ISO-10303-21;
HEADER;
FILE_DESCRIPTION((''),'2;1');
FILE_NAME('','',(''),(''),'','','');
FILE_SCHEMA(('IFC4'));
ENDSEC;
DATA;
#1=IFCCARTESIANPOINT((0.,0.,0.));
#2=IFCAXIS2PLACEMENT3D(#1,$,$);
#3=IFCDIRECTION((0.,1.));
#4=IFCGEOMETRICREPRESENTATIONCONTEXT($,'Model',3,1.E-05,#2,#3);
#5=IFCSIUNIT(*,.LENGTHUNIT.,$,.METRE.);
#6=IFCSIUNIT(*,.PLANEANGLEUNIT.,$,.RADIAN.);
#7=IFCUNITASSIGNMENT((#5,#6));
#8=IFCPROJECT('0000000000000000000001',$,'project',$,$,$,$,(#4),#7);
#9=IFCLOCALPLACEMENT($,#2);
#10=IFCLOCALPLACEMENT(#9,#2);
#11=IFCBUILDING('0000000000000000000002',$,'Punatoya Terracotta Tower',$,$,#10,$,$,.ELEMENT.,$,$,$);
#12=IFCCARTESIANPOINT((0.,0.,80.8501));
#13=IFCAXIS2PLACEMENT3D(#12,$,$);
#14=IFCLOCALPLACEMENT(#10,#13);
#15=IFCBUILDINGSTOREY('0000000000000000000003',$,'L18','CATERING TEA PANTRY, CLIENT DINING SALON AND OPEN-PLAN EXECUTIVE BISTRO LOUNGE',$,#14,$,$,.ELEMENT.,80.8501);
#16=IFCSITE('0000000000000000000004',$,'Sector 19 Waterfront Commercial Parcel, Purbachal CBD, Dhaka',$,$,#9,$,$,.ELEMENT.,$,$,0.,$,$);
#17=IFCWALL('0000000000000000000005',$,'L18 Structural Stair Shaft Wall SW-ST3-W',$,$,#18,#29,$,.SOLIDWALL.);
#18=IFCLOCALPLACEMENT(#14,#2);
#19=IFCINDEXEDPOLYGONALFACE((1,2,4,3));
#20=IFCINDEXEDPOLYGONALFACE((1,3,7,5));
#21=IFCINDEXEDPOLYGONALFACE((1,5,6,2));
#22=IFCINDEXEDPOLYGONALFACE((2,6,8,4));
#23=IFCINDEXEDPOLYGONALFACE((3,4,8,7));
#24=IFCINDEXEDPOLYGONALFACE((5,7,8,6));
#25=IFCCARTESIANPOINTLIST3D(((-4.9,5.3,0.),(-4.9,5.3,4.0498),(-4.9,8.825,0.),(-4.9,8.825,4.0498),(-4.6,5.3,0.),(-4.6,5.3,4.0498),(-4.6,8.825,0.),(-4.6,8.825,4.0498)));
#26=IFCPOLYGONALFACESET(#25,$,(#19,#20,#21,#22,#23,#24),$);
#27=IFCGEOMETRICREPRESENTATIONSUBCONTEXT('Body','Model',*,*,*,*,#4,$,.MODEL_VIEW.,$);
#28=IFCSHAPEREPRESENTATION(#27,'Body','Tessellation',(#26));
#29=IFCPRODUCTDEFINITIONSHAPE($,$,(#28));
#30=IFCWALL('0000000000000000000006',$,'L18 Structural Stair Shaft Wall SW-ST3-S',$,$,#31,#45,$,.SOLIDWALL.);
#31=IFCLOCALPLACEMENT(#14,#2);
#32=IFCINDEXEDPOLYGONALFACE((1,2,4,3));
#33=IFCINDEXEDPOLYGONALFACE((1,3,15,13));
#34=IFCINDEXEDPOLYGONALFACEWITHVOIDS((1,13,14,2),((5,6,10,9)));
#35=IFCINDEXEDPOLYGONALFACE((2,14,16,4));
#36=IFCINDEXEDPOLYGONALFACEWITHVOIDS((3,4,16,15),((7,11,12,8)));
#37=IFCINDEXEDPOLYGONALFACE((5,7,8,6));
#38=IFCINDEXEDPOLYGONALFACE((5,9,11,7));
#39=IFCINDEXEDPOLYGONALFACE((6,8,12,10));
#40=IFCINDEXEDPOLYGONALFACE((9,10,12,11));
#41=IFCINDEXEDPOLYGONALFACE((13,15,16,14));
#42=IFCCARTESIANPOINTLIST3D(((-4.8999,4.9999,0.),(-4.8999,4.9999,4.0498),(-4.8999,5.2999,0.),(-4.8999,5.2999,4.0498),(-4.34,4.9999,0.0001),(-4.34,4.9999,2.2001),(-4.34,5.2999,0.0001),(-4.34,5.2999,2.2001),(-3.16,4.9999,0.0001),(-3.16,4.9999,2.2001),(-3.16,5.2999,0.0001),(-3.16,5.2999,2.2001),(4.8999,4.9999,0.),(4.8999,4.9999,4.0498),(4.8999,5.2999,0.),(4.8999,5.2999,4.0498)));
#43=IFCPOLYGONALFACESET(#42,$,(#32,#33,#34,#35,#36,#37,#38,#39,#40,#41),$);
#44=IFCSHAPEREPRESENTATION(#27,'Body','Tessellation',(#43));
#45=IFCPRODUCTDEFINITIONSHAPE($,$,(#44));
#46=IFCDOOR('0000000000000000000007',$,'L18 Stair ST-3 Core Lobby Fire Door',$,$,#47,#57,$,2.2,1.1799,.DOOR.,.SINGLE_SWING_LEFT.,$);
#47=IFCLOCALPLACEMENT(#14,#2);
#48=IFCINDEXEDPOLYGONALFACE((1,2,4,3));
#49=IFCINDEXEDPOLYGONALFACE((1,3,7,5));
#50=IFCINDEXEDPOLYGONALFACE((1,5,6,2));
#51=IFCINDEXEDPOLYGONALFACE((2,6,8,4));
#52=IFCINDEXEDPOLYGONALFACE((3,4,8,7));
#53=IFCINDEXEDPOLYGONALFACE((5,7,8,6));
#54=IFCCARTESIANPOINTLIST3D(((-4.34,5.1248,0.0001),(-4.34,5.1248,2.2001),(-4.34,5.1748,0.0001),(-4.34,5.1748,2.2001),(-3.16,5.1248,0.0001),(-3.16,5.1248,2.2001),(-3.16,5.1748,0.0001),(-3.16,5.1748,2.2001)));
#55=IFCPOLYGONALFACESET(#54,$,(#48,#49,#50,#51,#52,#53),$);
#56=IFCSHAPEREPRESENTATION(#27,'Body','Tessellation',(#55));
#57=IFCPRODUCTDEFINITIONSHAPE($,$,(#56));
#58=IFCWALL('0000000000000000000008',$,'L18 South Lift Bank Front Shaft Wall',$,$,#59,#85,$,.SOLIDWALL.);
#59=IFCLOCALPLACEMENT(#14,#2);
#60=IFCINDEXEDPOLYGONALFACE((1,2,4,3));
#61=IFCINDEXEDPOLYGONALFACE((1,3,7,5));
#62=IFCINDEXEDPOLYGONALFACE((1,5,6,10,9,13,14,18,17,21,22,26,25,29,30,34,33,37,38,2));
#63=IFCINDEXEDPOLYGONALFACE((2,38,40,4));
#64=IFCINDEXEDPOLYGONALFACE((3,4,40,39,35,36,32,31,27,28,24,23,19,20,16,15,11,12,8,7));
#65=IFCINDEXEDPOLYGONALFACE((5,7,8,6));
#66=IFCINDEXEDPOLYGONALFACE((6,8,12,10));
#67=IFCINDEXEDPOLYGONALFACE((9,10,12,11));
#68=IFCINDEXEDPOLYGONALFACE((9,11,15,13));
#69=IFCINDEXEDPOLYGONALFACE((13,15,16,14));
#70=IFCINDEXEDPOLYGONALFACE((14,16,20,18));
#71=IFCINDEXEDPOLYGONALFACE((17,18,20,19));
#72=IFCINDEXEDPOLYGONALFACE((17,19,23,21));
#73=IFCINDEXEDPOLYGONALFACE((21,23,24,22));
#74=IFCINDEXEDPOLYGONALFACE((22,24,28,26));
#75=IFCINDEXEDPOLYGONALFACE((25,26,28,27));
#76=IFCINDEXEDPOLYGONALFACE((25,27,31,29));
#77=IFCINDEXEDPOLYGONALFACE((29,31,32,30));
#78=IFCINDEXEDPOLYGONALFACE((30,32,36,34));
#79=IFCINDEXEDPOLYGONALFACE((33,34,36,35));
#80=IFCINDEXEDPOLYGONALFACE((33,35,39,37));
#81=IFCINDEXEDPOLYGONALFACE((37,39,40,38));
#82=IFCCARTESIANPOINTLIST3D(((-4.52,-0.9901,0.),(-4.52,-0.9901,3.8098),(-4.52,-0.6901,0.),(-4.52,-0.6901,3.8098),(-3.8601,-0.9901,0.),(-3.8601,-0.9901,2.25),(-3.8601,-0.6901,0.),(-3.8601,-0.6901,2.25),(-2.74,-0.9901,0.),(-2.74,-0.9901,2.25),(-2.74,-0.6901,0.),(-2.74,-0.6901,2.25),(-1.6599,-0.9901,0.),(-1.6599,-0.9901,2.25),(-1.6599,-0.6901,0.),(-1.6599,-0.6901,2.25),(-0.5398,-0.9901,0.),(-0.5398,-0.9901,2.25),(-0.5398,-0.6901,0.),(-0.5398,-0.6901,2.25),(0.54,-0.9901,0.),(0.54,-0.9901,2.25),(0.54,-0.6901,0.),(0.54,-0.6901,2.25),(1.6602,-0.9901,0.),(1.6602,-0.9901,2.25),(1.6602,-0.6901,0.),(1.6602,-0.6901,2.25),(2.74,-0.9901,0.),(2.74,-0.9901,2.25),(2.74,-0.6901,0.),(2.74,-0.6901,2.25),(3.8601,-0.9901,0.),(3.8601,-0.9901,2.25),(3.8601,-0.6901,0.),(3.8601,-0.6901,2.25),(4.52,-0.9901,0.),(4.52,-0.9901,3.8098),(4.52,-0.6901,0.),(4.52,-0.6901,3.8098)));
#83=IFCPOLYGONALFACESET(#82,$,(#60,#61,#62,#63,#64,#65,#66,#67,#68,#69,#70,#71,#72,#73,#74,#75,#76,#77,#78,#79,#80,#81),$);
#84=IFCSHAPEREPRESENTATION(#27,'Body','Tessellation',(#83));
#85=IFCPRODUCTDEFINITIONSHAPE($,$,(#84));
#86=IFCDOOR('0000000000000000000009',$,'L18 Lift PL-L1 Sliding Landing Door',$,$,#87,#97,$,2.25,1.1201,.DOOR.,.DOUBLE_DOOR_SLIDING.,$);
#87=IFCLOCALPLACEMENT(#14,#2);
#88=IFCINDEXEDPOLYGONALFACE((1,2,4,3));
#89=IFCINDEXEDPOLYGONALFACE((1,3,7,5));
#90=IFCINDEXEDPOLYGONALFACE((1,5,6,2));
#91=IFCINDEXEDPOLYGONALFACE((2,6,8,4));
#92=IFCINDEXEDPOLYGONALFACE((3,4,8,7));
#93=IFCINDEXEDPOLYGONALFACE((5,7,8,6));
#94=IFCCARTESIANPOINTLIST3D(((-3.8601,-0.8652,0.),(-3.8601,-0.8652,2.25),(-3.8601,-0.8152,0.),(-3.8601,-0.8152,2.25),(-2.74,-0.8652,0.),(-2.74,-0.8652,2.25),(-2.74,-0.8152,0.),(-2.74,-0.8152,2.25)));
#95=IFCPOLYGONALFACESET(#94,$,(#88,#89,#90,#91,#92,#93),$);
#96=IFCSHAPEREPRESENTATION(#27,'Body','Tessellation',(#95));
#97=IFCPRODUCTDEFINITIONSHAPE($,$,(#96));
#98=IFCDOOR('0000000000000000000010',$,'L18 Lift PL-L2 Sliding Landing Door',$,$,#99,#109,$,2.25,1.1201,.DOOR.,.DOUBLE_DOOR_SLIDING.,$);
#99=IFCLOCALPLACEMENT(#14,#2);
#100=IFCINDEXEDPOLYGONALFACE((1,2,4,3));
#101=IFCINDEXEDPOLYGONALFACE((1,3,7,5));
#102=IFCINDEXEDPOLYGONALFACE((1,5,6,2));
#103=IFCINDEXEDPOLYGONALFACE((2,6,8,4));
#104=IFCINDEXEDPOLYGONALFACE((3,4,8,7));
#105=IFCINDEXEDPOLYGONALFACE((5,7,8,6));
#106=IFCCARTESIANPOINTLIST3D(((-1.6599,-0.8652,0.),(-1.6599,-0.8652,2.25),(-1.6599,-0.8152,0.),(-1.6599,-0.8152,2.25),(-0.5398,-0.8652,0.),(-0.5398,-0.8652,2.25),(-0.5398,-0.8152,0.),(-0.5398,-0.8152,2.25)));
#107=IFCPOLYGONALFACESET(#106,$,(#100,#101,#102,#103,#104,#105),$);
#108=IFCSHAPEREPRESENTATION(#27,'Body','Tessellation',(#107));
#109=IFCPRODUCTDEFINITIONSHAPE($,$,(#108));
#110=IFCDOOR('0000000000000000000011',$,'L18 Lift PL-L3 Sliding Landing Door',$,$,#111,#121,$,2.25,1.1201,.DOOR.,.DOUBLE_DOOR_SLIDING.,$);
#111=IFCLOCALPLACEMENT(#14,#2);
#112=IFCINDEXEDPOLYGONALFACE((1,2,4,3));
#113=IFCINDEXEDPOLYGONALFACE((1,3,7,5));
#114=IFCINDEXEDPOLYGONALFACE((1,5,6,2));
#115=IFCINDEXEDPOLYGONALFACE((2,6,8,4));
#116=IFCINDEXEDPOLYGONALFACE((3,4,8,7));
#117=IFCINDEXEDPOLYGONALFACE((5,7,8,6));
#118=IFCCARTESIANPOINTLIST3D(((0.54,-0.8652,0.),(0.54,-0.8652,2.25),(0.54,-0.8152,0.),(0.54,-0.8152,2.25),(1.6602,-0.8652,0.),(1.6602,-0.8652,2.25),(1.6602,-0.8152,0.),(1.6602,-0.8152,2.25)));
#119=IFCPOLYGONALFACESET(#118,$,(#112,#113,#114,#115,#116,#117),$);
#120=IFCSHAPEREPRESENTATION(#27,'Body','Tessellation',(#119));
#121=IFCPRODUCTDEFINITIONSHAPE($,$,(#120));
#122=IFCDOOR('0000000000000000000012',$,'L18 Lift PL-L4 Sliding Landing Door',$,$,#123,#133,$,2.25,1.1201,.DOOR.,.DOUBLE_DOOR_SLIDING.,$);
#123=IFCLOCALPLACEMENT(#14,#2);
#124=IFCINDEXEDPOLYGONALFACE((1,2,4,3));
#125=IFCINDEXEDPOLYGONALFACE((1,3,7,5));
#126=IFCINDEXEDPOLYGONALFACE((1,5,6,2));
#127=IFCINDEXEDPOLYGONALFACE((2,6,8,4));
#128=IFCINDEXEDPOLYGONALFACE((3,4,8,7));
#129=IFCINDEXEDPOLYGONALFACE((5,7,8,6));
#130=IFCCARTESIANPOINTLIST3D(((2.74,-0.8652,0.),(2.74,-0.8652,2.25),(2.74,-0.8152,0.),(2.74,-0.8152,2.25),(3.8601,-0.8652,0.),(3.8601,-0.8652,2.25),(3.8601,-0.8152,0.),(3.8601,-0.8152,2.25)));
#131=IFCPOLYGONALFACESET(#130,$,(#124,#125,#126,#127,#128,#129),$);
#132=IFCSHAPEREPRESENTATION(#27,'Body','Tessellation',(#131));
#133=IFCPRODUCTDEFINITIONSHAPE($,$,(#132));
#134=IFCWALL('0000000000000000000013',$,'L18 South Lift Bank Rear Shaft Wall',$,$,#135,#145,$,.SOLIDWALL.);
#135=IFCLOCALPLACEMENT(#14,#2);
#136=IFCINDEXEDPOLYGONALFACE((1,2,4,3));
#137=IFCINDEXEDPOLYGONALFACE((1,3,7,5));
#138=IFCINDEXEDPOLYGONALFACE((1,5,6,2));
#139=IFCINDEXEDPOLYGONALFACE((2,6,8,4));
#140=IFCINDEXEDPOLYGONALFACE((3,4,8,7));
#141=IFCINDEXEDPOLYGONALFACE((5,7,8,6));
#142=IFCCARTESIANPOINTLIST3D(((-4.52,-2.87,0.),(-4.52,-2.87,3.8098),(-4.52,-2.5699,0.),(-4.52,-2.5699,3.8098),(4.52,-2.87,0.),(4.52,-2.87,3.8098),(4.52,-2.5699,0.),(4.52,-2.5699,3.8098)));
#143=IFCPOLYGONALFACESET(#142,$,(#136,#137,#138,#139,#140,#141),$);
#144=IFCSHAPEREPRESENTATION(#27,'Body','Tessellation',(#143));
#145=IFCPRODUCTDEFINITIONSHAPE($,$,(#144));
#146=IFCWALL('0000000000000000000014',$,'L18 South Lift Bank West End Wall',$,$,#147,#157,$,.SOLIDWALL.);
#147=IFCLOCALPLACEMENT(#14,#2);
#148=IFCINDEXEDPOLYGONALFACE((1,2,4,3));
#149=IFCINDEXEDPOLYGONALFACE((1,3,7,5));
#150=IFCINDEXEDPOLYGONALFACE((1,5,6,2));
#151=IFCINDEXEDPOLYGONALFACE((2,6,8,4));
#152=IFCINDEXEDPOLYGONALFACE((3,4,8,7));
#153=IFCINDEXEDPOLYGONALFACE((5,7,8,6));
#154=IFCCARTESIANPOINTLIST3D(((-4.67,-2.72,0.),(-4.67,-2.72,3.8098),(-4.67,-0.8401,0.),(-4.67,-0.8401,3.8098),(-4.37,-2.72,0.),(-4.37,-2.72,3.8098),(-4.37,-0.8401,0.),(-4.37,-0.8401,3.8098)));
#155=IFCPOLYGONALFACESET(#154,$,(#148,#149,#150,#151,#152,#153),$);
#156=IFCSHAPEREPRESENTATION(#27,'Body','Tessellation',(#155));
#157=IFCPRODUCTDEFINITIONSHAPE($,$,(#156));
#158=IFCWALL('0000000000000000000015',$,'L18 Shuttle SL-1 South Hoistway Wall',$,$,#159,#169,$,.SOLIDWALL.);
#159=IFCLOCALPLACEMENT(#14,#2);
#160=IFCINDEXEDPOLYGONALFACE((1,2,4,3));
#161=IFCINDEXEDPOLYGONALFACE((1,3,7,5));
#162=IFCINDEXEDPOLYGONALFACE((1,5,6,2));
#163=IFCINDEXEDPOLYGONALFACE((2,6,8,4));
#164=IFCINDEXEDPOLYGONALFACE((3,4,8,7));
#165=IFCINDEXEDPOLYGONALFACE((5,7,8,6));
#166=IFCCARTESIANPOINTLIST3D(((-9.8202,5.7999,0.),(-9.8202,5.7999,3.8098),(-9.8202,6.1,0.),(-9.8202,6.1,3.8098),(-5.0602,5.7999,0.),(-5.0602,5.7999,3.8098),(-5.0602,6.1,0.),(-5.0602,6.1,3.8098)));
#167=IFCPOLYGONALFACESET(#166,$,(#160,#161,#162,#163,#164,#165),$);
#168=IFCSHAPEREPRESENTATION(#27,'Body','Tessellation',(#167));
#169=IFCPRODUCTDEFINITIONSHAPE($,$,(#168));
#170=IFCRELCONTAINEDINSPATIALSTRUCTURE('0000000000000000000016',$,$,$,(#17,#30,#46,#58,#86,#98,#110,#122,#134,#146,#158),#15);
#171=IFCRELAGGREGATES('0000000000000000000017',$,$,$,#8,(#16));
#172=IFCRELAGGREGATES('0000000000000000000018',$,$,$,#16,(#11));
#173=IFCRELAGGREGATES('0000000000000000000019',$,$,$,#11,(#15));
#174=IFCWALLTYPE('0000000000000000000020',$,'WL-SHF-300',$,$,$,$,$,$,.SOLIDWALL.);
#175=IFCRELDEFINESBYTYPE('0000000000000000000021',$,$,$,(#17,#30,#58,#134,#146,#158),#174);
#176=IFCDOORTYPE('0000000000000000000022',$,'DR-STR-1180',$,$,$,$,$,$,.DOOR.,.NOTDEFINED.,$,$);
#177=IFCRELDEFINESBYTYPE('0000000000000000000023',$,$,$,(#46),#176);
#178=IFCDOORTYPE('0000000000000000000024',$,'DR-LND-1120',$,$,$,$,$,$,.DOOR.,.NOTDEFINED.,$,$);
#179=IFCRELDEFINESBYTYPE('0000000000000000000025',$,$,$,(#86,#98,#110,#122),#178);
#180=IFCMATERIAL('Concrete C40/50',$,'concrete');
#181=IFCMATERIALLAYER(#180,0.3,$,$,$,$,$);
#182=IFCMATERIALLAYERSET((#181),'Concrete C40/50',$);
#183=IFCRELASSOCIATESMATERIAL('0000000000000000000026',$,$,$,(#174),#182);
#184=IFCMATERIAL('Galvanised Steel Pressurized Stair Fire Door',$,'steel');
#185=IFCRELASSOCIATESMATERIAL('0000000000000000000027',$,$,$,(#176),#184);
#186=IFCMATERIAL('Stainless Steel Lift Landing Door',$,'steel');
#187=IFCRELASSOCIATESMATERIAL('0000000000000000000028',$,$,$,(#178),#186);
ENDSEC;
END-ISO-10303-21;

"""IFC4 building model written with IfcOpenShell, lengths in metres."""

from ifc_helpers import new_model, si_unit, direction, frame, frame_2d, origin, place, context, subcontext, project, spatial, rectangle, extrude, material, layer, layer_set, type_object, element, fill, save


model = new_model("IFC4")

# Units and contexts
model_context = context("Model", 3, precision=1e-05, world=origin(), true_north=direction((0.0, 1.0)))
body_context = subcontext(model_context, "Body", "Model", "MODEL_VIEW")
ifc_project = project(units=[si_unit("LENGTHUNIT", "METRE"), si_unit("PLANEANGLEUNIT", "RADIAN")], contexts=[model_context])

# Site, building, storey
site_placement = place(None, origin())
site = spatial("IfcSite", under=ifc_project, at=site_placement, Name="Sector 19 Waterfront Commercial Parcel, Purbachal CBD, Dhaka", CompositionType="ELEMENT", RefElevation=0.0)
building_placement = place(site_placement, origin())
building = spatial("IfcBuilding", under=site, at=building_placement, Name="Punatoya Terracotta Tower", CompositionType="ELEMENT")
storey_placement = place(building_placement, frame((0.0, 0.0, 80.8501)))
storey = spatial("IfcBuildingStorey", under=building, at=storey_placement, Name="L18", Description="CATERING TEA PANTRY, CLIENT DINING SALON AND OPEN-PLAN EXECUTIVE BISTRO LOUNGE", CompositionType="ELEMENT", Elevation=80.8501)

# Shared definitions
ifc_material_1 = material(Name="Concrete C40/50", Category="concrete")

# Wall
ifc_layer_1 = layer(ifc_material_1, 0.3)
ifc_layer_set_1 = layer_set([ifc_layer_1], Name="Concrete C40/50")
wall_type_1 = type_object("IfcWallType", Name="WL-SHF-300", PredefinedType="SOLIDWALL", material=ifc_layer_set_1)
wall_1_placement = place(storey_placement, frame((-4.75, 5.3, 0.0), z_axis=(0.0, 0.0, 1.0), x_axis=(0.0, 1.0, 0.0)))
element("IfcWall", 1, at=wall_1_placement, inside=storey, type_object=wall_type_1, Name="L18 Structural Stair Shaft Wall SW-ST3-W", PredefinedType="SOLIDWALL", context=body_context, shape_type="SweptSolid", body=[
    extrude(rectangle(XDim=3.5249, YDim=0.3, at=frame_2d((1.7625, 0.0))), origin(), (0.0, 0.0, 1.0), 4.0498),
])

# Wall, opening, door
wall_2_placement = place(storey_placement, frame((-4.8999, 5.1499, 0.0), z_axis=(0.0, 0.0, 1.0), x_axis=(1.0, 0.0, 0.0)))
wall_2 = element("IfcWall", 2, at=wall_2_placement, inside=storey, type_object=wall_type_1, Name="L18 Structural Stair Shaft Wall SW-ST3-S", PredefinedType="SOLIDWALL", context=body_context, shape_type="SweptSolid", body=[
    extrude(rectangle(XDim=9.7998, YDim=0.3, at=frame_2d((4.8999, 0.0))), origin(), (0.0, 0.0, 1.0), 4.0498),
])
opening_1_placement = place(wall_2_placement, frame((0.5601, 0.0, 0.0)))
opening_1 = element("IfcOpeningElement", 3, at=opening_1_placement, cuts=wall_2, PredefinedType="OPENING", context=body_context, shape_type="SweptSolid", body=[
    extrude(rectangle(XDim=1.1799, YDim=2.2, at=frame_2d((0.5898, 1.1001))), frame((0.0, 0.1599, 0.0), z_axis=(0.0, -1.0, 0.0), x_axis=(1.0, 0.0, 0.0)), (0.0, 0.0, 1.0), 0.3201),
])
ifc_material_2 = material(Name="Galvanised Steel Pressurized Stair Fire Door", Category="steel")
door_type_1 = type_object("IfcDoorType", Name="DR-STR-1180", OperationType="NOTDEFINED", PredefinedType="DOOR", material=ifc_material_2)
door_1_placement = place(opening_1_placement, origin())
door_1 = element("IfcDoor", 4, at=door_1_placement, inside=storey, type_object=door_type_1, Name="L18 Stair ST-3 Core Lobby Fire Door", OperationType="SINGLE_SWING_LEFT", OverallHeight=2.2, OverallWidth=1.1799, PredefinedType="DOOR", context=body_context, shape_type="SweptSolid", body=[
    extrude(rectangle(XDim=1.1799, YDim=2.2, at=frame_2d((0.5898, 1.1001))), frame((0.0, 0.0249, 0.0), z_axis=(0.0, -1.0, 0.0), x_axis=(1.0, 0.0, 0.0)), (0.0, 0.0, 1.0), 0.05),
])
fill(opening_1, door_1)

# Wall, openings, doors
wall_3_placement = place(storey_placement, frame((-4.52, -0.8401, 0.0), z_axis=(0.0, 0.0, 1.0), x_axis=(1.0, 0.0, 0.0)))
wall_3 = element("IfcWall", 5, at=wall_3_placement, inside=storey, type_object=wall_type_1, Name="L18 South Lift Bank Front Shaft Wall", PredefinedType="SOLIDWALL", context=body_context, shape_type="SweptSolid", body=[
    extrude(rectangle(XDim=9.04, YDim=0.3, at=frame_2d((4.52, 0.0))), origin(), (0.0, 0.0, 1.0), 3.8098),
])
opening_2_placement = place(wall_3_placement, frame((0.6599, 0.0, 0.0)))
opening_2 = element("IfcOpeningElement", 6, at=opening_2_placement, cuts=wall_3, PredefinedType="OPENING", context=body_context, shape_type="SweptSolid", body=[
    extrude(rectangle(XDim=1.1201, YDim=2.25, at=frame_2d((0.5601, 1.125))), frame((0.0, 0.1599, 0.0), z_axis=(0.0, -1.0, 0.0), x_axis=(1.0, 0.0, 0.0)), (0.0, 0.0, 1.0), 0.3201),
])
opening_3_placement = place(wall_3_placement, frame((2.8601, 0.0, 0.0)))
opening_3 = element("IfcOpeningElement", 7, at=opening_3_placement, cuts=wall_3, PredefinedType="OPENING", context=body_context, shape_type="SweptSolid", body=[
    extrude(rectangle(XDim=1.1201, YDim=2.25, at=frame_2d((0.5601, 1.125))), frame((0.0, 0.1599, 0.0), z_axis=(0.0, -1.0, 0.0), x_axis=(1.0, 0.0, 0.0)), (0.0, 0.0, 1.0), 0.3201),
])
opening_4_placement = place(wall_3_placement, frame((5.0601, 0.0, 0.0)))
opening_4 = element("IfcOpeningElement", 8, at=opening_4_placement, cuts=wall_3, PredefinedType="OPENING", context=body_context, shape_type="SweptSolid", body=[
    extrude(rectangle(XDim=1.1201, YDim=2.25, at=frame_2d((0.5601, 1.125))), frame((0.0, 0.1599, 0.0), z_axis=(0.0, -1.0, 0.0), x_axis=(1.0, 0.0, 0.0)), (0.0, 0.0, 1.0), 0.3201),
])
opening_5_placement = place(wall_3_placement, frame((7.26, 0.0, 0.0)))
opening_5 = element("IfcOpeningElement", 9, at=opening_5_placement, cuts=wall_3, PredefinedType="OPENING", context=body_context, shape_type="SweptSolid", body=[
    extrude(rectangle(XDim=1.1201, YDim=2.25, at=frame_2d((0.5601, 1.125))), frame((0.0, 0.1599, 0.0), z_axis=(0.0, -1.0, 0.0), x_axis=(1.0, 0.0, 0.0)), (0.0, 0.0, 1.0), 0.3201),
])
ifc_material_3 = material(Name="Stainless Steel Lift Landing Door", Category="steel")
door_type_2 = type_object("IfcDoorType", Name="DR-LND-1120", OperationType="NOTDEFINED", PredefinedType="DOOR", material=ifc_material_3)
door_2_placement = place(opening_2_placement, origin())
door_2 = element("IfcDoor", 10, at=door_2_placement, inside=storey, type_object=door_type_2, Name="L18 Lift PL-L1 Sliding Landing Door", OperationType="DOUBLE_DOOR_SLIDING", OverallHeight=2.25, OverallWidth=1.1201, PredefinedType="DOOR", context=body_context, shape_type="SweptSolid", body=[
    extrude(rectangle(XDim=1.1201, YDim=2.25, at=frame_2d((0.5601, 1.125))), frame((0.0, 0.0249, 0.0), z_axis=(0.0, -1.0, 0.0), x_axis=(1.0, 0.0, 0.0)), (0.0, 0.0, 1.0), 0.05),
])
fill(opening_2, door_2)
door_3_placement = place(opening_3_placement, origin())
door_3 = element("IfcDoor", 11, at=door_3_placement, inside=storey, type_object=door_type_2, Name="L18 Lift PL-L2 Sliding Landing Door", OperationType="DOUBLE_DOOR_SLIDING", OverallHeight=2.25, OverallWidth=1.1201, PredefinedType="DOOR", context=body_context, shape_type="SweptSolid", body=[
    extrude(rectangle(XDim=1.1201, YDim=2.25, at=frame_2d((0.5601, 1.125))), frame((0.0, 0.0249, 0.0), z_axis=(0.0, -1.0, 0.0), x_axis=(1.0, 0.0, 0.0)), (0.0, 0.0, 1.0), 0.05),
])
fill(opening_3, door_3)
door_4_placement = place(opening_4_placement, origin())
door_4 = element("IfcDoor", 12, at=door_4_placement, inside=storey, type_object=door_type_2, Name="L18 Lift PL-L3 Sliding Landing Door", OperationType="DOUBLE_DOOR_SLIDING", OverallHeight=2.25, OverallWidth=1.1201, PredefinedType="DOOR", context=body_context, shape_type="SweptSolid", body=[
    extrude(rectangle(XDim=1.1201, YDim=2.25, at=frame_2d((0.5601, 1.125))), frame((0.0, 0.0249, 0.0), z_axis=(0.0, -1.0, 0.0), x_axis=(1.0, 0.0, 0.0)), (0.0, 0.0, 1.0), 0.05),
])
fill(opening_4, door_4)
door_5_placement = place(opening_5_placement, origin())
door_5 = element("IfcDoor", 13, at=door_5_placement, inside=storey, type_object=door_type_2, Name="L18 Lift PL-L4 Sliding Landing Door", OperationType="DOUBLE_DOOR_SLIDING", OverallHeight=2.25, OverallWidth=1.1201, PredefinedType="DOOR", context=body_context, shape_type="SweptSolid", body=[
    extrude(rectangle(XDim=1.1201, YDim=2.25, at=frame_2d((0.5601, 1.125))), frame((0.0, 0.0249, 0.0), z_axis=(0.0, -1.0, 0.0), x_axis=(1.0, 0.0, 0.0)), (0.0, 0.0, 1.0), 0.05),
])
fill(opening_5, door_5)

# Walls
wall_4_placement = place(storey_placement, frame((-4.52, -2.72, 0.0), z_axis=(0.0, 0.0, 1.0), x_axis=(1.0, 0.0, 0.0)))
element("IfcWall", 14, at=wall_4_placement, inside=storey, type_object=wall_type_1, Name="L18 South Lift Bank Rear Shaft Wall", PredefinedType="SOLIDWALL", context=body_context, shape_type="SweptSolid", body=[
    extrude(rectangle(XDim=9.04, YDim=0.3, at=frame_2d((4.52, 0.0))), origin(), (0.0, 0.0, 1.0), 3.8098),
])
wall_5_placement = place(storey_placement, frame((-4.52, -2.72, 0.0), z_axis=(0.0, 0.0, 1.0), x_axis=(0.0, 1.0, 0.0)))
element("IfcWall", 15, at=wall_5_placement, inside=storey, type_object=wall_type_1, Name="L18 South Lift Bank West End Wall", PredefinedType="SOLIDWALL", context=body_context, shape_type="SweptSolid", body=[
    extrude(rectangle(XDim=1.8799, YDim=0.3, at=frame_2d((0.9399, 0.0))), origin(), (0.0, 0.0, 1.0), 3.8098),
])
wall_6_placement = place(storey_placement, frame((-9.8201, 5.95, 0.0), z_axis=(0.0, 0.0, 1.0), x_axis=(1.0, 0.0, 0.0)))
element("IfcWall", 16, at=wall_6_placement, inside=storey, type_object=wall_type_1, Name="L18 Shuttle SL-1 South Hoistway Wall", PredefinedType="SOLIDWALL", context=body_context, shape_type="SweptSolid", body=[
    extrude(rectangle(XDim=4.76, YDim=0.3, at=frame_2d((2.3799, 0.0))), origin(), (0.0, 0.0, 1.0), 3.8098),
])

save(model, "model.ifc")
